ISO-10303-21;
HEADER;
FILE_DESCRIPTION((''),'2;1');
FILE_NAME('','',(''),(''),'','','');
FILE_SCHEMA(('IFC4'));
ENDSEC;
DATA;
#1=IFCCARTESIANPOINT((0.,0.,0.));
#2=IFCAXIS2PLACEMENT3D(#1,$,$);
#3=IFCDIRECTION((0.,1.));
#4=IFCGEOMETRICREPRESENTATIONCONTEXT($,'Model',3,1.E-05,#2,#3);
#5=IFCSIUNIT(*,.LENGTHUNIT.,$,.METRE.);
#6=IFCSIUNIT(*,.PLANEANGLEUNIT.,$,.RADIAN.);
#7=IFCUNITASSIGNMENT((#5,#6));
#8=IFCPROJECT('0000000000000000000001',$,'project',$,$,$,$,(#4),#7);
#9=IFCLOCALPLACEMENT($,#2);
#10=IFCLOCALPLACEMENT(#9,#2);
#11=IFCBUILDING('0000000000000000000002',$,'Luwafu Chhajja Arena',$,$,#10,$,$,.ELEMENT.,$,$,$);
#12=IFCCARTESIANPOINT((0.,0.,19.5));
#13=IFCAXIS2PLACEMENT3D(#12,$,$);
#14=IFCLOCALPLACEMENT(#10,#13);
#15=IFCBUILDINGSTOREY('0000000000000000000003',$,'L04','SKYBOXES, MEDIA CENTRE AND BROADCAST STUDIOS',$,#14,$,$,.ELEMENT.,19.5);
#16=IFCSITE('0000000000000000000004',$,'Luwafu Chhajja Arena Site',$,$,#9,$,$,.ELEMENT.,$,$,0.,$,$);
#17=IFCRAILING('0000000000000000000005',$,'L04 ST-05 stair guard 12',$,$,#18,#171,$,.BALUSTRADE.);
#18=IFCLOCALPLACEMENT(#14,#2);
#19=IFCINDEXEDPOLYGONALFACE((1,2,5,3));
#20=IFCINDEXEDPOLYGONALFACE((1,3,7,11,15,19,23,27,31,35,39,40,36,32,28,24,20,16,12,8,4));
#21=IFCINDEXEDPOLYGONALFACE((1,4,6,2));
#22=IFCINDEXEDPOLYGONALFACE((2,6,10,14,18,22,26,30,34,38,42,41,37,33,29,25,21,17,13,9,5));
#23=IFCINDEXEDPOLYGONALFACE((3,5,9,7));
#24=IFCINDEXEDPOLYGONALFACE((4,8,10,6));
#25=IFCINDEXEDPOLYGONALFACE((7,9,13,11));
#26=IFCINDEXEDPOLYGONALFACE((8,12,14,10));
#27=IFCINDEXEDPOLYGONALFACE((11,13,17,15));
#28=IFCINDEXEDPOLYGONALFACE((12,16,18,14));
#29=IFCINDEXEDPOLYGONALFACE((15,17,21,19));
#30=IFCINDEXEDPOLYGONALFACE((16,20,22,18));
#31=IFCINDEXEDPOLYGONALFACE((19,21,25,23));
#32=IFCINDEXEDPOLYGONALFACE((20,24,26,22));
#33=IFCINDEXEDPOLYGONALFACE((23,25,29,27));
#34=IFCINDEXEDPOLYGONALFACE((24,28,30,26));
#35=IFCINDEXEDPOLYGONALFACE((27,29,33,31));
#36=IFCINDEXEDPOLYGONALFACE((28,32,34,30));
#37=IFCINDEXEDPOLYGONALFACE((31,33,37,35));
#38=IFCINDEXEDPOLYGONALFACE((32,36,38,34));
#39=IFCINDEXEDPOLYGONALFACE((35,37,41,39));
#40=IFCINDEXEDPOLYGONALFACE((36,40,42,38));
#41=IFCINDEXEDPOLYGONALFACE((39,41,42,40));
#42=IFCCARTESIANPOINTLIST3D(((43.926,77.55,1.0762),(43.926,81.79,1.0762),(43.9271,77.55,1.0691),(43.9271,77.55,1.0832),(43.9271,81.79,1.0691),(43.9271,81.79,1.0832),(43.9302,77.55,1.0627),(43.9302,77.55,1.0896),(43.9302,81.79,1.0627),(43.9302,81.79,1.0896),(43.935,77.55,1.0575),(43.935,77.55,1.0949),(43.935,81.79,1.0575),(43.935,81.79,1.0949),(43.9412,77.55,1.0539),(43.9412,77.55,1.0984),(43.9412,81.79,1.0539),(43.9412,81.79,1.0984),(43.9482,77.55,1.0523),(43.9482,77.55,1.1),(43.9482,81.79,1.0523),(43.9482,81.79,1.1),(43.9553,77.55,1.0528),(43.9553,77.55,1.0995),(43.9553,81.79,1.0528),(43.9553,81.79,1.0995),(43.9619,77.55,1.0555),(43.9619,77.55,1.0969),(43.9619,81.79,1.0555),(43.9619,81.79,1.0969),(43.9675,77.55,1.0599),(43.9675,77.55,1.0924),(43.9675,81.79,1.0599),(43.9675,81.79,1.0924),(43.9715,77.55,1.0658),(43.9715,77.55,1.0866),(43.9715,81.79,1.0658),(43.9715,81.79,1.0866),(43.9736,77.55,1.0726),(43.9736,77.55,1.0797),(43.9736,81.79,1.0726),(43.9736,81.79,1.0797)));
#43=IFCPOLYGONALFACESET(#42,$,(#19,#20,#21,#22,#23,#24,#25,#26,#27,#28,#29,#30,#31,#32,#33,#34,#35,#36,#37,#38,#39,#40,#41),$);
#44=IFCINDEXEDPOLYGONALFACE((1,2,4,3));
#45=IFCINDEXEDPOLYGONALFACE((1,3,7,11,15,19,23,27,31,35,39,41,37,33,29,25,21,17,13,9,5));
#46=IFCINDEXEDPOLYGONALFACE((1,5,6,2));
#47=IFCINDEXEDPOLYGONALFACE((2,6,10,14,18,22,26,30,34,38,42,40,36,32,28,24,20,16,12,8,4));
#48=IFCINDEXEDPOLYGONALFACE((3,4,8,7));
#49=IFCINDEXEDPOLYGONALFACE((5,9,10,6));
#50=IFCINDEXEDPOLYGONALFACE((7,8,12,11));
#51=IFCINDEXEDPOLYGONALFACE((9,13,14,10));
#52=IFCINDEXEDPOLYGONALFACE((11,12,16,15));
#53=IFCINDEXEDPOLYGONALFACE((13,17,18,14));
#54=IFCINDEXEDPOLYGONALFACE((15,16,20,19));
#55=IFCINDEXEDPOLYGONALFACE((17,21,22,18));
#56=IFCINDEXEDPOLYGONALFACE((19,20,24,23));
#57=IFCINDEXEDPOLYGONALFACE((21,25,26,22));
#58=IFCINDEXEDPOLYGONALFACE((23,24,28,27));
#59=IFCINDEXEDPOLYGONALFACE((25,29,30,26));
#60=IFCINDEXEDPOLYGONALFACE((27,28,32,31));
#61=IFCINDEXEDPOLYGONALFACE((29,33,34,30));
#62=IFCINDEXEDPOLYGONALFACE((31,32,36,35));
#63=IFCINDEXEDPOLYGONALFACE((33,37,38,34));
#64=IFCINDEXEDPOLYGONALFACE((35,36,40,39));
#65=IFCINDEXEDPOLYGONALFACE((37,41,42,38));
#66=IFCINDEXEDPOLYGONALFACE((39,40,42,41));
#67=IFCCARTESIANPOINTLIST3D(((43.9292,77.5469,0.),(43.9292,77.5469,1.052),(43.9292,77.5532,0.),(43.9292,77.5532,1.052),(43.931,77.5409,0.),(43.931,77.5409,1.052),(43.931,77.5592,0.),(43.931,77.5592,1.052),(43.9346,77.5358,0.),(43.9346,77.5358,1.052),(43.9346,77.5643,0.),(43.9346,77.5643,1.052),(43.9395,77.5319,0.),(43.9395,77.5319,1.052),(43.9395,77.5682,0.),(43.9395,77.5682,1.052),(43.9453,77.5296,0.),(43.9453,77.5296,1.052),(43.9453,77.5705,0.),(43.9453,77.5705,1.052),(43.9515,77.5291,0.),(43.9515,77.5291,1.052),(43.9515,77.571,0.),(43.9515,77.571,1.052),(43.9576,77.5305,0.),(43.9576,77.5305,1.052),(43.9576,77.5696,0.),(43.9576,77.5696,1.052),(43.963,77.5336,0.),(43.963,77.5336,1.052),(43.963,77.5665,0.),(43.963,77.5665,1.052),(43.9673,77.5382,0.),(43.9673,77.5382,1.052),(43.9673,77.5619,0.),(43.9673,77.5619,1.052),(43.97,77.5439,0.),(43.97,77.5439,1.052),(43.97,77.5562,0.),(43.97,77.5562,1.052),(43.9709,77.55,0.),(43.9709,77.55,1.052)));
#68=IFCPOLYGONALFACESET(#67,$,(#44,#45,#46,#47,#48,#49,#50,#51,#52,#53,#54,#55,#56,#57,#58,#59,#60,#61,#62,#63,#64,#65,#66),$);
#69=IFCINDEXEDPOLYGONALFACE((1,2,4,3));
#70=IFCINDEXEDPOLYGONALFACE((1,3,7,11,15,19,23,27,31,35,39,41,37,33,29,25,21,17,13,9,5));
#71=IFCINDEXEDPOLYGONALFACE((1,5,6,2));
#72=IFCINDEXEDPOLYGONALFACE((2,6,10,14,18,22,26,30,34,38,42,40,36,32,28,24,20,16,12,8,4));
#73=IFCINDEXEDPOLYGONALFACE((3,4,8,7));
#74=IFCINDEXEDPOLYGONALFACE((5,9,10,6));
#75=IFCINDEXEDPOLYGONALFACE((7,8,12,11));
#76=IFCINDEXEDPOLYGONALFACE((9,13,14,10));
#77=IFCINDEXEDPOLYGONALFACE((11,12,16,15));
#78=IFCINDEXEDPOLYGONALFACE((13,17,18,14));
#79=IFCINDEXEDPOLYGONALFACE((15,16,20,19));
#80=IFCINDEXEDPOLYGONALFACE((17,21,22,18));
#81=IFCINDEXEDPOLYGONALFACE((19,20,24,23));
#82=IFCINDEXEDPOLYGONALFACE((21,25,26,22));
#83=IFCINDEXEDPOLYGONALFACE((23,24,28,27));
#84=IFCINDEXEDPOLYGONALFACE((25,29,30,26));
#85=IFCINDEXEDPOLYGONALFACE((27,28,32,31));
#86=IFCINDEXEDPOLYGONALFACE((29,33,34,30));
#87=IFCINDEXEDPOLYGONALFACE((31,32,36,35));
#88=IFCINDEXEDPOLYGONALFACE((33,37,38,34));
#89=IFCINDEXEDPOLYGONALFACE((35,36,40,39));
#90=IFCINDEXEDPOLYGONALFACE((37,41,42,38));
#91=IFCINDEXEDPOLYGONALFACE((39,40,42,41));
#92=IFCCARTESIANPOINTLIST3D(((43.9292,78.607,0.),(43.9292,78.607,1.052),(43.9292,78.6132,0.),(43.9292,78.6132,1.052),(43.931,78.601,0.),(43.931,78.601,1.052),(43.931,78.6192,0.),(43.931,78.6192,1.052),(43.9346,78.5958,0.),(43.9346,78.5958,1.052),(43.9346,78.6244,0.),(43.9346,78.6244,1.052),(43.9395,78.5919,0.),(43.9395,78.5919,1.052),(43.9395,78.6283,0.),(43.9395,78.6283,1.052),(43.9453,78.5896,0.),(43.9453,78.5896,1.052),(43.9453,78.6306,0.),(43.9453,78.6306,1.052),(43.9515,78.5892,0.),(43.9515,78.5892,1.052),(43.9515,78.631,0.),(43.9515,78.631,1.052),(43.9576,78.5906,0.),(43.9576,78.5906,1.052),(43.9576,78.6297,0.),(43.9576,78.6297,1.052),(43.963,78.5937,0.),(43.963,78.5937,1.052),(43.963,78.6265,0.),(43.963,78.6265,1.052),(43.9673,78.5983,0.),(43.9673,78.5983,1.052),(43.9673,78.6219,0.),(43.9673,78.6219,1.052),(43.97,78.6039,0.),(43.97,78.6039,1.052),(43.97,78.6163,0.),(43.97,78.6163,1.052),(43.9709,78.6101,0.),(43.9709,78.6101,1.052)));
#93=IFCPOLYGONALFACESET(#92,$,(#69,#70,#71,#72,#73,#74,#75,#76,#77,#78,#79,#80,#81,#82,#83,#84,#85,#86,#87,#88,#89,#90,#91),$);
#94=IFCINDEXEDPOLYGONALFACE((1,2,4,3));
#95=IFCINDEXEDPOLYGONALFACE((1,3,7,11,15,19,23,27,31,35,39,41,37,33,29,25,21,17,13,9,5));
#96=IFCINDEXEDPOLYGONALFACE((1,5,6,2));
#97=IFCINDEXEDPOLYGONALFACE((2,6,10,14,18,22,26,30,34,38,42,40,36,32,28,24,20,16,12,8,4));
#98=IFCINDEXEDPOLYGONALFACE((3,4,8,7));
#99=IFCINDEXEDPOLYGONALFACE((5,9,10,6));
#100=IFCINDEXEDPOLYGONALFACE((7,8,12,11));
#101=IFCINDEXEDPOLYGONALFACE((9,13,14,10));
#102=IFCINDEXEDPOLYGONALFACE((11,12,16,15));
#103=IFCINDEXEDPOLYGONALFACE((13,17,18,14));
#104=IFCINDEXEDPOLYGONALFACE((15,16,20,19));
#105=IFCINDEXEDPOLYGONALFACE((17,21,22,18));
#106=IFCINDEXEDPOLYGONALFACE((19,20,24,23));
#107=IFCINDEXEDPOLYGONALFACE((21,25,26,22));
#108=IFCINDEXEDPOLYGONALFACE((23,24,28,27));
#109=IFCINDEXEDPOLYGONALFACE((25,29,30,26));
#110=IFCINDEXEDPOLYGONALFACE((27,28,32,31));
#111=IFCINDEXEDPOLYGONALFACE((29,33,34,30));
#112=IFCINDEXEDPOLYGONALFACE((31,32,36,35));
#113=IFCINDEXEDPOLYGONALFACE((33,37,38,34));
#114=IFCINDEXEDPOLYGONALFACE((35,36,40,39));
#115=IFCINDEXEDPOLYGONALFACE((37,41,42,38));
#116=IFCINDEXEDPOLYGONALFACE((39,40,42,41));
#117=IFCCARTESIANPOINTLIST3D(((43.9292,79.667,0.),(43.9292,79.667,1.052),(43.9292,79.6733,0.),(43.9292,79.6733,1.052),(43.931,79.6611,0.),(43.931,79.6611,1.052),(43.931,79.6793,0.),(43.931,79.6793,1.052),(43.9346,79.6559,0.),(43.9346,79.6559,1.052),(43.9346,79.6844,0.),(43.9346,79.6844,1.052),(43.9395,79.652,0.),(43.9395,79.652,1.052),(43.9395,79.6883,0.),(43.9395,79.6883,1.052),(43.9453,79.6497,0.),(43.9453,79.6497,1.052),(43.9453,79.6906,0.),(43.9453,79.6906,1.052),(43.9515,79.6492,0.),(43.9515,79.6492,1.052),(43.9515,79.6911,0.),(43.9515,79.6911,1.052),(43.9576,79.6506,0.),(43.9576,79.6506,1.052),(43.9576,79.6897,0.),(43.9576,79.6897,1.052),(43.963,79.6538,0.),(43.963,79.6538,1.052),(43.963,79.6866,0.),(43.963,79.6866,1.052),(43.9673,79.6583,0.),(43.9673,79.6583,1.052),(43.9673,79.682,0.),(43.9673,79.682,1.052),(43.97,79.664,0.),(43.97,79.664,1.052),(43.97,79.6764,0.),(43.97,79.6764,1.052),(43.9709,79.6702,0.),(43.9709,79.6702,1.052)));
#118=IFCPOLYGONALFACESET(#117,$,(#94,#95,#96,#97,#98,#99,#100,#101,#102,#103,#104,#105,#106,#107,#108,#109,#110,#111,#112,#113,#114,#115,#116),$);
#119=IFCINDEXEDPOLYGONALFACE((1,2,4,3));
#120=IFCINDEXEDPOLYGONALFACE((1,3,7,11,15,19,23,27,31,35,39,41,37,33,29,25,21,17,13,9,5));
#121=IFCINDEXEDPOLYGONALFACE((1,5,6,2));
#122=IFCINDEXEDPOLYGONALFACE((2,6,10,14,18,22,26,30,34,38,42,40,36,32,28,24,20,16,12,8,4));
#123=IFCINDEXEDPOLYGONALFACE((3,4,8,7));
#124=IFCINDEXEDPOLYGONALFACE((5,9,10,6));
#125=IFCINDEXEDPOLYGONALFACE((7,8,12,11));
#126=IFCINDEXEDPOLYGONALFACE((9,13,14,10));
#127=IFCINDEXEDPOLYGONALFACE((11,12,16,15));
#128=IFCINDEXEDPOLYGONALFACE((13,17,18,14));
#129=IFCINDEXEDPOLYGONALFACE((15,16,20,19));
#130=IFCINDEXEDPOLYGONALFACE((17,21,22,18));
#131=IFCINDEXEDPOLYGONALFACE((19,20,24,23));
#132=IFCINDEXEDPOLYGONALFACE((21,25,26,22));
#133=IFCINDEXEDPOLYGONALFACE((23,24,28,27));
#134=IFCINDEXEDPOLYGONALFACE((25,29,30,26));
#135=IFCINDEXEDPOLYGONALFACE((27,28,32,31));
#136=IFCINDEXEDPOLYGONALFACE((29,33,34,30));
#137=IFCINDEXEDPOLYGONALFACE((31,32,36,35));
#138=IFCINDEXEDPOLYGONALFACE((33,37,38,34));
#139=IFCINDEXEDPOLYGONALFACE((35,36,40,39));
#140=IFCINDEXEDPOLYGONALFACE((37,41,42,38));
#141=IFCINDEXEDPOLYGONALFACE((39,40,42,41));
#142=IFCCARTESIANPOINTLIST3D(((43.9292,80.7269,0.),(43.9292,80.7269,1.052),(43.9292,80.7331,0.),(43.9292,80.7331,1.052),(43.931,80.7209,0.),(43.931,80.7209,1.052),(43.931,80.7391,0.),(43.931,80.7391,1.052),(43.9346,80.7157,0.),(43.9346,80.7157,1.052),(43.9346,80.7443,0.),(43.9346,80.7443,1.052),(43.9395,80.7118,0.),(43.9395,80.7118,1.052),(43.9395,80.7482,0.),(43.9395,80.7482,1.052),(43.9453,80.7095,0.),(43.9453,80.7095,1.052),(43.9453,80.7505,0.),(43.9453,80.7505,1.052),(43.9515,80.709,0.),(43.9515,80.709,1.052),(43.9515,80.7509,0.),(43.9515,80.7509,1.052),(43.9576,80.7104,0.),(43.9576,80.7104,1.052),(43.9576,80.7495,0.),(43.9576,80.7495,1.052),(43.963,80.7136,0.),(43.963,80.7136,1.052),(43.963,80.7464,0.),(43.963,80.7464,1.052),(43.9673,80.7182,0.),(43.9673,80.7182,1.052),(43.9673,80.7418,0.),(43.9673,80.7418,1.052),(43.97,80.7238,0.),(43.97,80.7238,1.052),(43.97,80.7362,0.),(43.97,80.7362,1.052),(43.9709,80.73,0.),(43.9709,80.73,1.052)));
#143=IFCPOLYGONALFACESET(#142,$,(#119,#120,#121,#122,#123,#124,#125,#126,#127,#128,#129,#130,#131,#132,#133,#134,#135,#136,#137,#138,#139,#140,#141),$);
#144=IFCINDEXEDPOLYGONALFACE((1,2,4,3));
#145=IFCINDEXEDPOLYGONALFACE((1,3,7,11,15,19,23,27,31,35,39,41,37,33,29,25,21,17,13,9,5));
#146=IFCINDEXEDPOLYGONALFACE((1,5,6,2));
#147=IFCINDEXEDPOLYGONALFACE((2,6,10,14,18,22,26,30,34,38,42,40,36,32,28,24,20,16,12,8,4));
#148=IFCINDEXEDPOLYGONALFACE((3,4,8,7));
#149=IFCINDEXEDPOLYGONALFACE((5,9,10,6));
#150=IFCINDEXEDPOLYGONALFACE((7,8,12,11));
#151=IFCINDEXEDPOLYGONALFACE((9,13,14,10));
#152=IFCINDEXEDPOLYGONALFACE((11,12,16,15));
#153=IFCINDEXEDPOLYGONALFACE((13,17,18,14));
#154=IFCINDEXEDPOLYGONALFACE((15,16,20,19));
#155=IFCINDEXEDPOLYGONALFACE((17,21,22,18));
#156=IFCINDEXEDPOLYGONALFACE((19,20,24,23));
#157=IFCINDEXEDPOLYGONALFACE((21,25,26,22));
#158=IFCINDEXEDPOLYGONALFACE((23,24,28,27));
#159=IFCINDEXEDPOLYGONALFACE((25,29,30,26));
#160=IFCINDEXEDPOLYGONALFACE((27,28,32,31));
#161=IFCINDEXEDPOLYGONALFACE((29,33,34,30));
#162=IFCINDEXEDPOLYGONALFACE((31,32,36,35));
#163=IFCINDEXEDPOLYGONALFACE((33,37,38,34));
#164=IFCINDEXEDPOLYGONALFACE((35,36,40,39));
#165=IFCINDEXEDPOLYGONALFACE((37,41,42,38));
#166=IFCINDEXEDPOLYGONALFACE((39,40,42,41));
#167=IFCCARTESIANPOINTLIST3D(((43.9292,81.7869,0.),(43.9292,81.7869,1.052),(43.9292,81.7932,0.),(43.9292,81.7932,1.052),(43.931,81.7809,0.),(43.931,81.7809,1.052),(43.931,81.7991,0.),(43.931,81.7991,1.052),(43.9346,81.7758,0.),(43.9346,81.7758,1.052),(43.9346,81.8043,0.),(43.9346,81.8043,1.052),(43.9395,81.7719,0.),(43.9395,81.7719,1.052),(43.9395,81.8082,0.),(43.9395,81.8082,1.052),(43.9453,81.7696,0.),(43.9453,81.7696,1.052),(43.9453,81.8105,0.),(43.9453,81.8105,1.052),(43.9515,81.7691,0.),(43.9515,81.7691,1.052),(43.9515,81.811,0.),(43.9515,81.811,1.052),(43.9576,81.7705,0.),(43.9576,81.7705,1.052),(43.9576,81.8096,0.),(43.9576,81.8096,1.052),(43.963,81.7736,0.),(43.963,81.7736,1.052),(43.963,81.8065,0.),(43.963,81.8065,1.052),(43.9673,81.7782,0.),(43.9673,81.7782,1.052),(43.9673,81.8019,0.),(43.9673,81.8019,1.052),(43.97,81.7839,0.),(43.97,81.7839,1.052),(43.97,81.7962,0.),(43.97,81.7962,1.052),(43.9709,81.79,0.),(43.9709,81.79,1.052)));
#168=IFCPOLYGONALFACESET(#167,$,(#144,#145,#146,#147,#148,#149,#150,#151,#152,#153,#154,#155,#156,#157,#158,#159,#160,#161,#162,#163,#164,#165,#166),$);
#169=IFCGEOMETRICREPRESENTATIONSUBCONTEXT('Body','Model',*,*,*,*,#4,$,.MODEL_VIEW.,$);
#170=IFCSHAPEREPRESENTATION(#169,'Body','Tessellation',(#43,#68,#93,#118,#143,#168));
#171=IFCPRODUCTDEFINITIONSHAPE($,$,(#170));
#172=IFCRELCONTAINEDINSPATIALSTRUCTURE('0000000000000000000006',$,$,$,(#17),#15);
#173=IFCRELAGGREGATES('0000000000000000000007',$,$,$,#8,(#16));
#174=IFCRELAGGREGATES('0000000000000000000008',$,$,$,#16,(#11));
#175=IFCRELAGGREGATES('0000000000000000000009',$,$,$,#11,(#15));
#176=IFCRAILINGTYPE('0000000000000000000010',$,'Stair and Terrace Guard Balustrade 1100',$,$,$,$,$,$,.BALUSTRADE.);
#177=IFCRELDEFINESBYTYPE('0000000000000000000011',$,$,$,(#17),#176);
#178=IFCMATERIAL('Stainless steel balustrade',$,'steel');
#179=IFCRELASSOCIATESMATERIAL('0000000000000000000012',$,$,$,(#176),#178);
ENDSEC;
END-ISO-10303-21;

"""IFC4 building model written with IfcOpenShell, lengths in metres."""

from ifc_helpers import new_model, si_unit, direction, frame, origin, origin_2d, place, context, subcontext, project, spatial, circle, extrude, material, type_object, element, save


model = new_model("IFC4")

# Units and contexts
model_context = context("Model", 3, precision=1e-05, world=origin(), true_north=direction((0.0, 1.0)))
body_context = subcontext(model_context, "Body", "Model", "MODEL_VIEW")
ifc_project = project(units=[si_unit("LENGTHUNIT", "METRE"), si_unit("PLANEANGLEUNIT", "RADIAN")], contexts=[model_context])

# Site, building, storey
site_placement = place(None, origin())
site = spatial("IfcSite", under=ifc_project, at=site_placement, Name="Luwafu Chhajja Arena Site", CompositionType="ELEMENT", RefElevation=0.0)
building_placement = place(site_placement, origin())
building = spatial("IfcBuilding", under=site, at=building_placement, Name="Luwafu Chhajja Arena", CompositionType="ELEMENT")
storey_placement = place(building_placement, frame((0.0, 0.0, 19.5)))
storey = spatial("IfcBuildingStorey", under=building, at=storey_placement, Name="L04", Description="SKYBOXES, MEDIA CENTRE AND BROADCAST STUDIOS", CompositionType="ELEMENT", Elevation=19.5)

# Railing
ifc_material_1 = material(Name="Stainless steel balustrade", Category="steel")
railing_type_1 = type_object("IfcRailingType", Name="Stair and Terrace Guard Balustrade 1100", PredefinedType="BALUSTRADE", material=ifc_material_1)
railing_1_placement = place(storey_placement, frame((43.95, 77.55, 0.0)))
element("IfcRailing", 1, at=railing_1_placement, inside=storey, type_object=railing_type_1, Name="L04 ST-05 stair guard 12", PredefinedType="BALUSTRADE", context=body_context, shape_type="SweptSolid", body=[
    extrude(circle(Radius=0.0239, at=origin_2d()), frame((0.0, 0.0, 1.0762), z_axis=(0.0, 1.0, 0.0), x_axis=(-1.0, 0.0, 0.0)), (0.0, 0.0, 1.0), 4.24),
    extrude(circle(Radius=0.021, at=origin_2d()), origin(), (0.0, 0.0, 1.0), 1.052),
    extrude(circle(Radius=0.021, at=origin_2d()), frame((0.0, 1.0601, 0.0)), (0.0, 0.0, 1.0), 1.052),
    extrude(circle(Radius=0.021, at=origin_2d()), frame((0.0, 2.1201, 0.0)), (0.0, 0.0, 1.0), 1.052),
    extrude(circle(Radius=0.021, at=origin_2d()), frame((0.0, 3.1799, 0.0)), (0.0, 0.0, 1.0), 1.052),
    extrude(circle(Radius=0.021, at=origin_2d()), frame((0.0, 4.24, 0.0)), (0.0, 0.0, 1.0), 1.052),
])

save(model, "model.ifc")
